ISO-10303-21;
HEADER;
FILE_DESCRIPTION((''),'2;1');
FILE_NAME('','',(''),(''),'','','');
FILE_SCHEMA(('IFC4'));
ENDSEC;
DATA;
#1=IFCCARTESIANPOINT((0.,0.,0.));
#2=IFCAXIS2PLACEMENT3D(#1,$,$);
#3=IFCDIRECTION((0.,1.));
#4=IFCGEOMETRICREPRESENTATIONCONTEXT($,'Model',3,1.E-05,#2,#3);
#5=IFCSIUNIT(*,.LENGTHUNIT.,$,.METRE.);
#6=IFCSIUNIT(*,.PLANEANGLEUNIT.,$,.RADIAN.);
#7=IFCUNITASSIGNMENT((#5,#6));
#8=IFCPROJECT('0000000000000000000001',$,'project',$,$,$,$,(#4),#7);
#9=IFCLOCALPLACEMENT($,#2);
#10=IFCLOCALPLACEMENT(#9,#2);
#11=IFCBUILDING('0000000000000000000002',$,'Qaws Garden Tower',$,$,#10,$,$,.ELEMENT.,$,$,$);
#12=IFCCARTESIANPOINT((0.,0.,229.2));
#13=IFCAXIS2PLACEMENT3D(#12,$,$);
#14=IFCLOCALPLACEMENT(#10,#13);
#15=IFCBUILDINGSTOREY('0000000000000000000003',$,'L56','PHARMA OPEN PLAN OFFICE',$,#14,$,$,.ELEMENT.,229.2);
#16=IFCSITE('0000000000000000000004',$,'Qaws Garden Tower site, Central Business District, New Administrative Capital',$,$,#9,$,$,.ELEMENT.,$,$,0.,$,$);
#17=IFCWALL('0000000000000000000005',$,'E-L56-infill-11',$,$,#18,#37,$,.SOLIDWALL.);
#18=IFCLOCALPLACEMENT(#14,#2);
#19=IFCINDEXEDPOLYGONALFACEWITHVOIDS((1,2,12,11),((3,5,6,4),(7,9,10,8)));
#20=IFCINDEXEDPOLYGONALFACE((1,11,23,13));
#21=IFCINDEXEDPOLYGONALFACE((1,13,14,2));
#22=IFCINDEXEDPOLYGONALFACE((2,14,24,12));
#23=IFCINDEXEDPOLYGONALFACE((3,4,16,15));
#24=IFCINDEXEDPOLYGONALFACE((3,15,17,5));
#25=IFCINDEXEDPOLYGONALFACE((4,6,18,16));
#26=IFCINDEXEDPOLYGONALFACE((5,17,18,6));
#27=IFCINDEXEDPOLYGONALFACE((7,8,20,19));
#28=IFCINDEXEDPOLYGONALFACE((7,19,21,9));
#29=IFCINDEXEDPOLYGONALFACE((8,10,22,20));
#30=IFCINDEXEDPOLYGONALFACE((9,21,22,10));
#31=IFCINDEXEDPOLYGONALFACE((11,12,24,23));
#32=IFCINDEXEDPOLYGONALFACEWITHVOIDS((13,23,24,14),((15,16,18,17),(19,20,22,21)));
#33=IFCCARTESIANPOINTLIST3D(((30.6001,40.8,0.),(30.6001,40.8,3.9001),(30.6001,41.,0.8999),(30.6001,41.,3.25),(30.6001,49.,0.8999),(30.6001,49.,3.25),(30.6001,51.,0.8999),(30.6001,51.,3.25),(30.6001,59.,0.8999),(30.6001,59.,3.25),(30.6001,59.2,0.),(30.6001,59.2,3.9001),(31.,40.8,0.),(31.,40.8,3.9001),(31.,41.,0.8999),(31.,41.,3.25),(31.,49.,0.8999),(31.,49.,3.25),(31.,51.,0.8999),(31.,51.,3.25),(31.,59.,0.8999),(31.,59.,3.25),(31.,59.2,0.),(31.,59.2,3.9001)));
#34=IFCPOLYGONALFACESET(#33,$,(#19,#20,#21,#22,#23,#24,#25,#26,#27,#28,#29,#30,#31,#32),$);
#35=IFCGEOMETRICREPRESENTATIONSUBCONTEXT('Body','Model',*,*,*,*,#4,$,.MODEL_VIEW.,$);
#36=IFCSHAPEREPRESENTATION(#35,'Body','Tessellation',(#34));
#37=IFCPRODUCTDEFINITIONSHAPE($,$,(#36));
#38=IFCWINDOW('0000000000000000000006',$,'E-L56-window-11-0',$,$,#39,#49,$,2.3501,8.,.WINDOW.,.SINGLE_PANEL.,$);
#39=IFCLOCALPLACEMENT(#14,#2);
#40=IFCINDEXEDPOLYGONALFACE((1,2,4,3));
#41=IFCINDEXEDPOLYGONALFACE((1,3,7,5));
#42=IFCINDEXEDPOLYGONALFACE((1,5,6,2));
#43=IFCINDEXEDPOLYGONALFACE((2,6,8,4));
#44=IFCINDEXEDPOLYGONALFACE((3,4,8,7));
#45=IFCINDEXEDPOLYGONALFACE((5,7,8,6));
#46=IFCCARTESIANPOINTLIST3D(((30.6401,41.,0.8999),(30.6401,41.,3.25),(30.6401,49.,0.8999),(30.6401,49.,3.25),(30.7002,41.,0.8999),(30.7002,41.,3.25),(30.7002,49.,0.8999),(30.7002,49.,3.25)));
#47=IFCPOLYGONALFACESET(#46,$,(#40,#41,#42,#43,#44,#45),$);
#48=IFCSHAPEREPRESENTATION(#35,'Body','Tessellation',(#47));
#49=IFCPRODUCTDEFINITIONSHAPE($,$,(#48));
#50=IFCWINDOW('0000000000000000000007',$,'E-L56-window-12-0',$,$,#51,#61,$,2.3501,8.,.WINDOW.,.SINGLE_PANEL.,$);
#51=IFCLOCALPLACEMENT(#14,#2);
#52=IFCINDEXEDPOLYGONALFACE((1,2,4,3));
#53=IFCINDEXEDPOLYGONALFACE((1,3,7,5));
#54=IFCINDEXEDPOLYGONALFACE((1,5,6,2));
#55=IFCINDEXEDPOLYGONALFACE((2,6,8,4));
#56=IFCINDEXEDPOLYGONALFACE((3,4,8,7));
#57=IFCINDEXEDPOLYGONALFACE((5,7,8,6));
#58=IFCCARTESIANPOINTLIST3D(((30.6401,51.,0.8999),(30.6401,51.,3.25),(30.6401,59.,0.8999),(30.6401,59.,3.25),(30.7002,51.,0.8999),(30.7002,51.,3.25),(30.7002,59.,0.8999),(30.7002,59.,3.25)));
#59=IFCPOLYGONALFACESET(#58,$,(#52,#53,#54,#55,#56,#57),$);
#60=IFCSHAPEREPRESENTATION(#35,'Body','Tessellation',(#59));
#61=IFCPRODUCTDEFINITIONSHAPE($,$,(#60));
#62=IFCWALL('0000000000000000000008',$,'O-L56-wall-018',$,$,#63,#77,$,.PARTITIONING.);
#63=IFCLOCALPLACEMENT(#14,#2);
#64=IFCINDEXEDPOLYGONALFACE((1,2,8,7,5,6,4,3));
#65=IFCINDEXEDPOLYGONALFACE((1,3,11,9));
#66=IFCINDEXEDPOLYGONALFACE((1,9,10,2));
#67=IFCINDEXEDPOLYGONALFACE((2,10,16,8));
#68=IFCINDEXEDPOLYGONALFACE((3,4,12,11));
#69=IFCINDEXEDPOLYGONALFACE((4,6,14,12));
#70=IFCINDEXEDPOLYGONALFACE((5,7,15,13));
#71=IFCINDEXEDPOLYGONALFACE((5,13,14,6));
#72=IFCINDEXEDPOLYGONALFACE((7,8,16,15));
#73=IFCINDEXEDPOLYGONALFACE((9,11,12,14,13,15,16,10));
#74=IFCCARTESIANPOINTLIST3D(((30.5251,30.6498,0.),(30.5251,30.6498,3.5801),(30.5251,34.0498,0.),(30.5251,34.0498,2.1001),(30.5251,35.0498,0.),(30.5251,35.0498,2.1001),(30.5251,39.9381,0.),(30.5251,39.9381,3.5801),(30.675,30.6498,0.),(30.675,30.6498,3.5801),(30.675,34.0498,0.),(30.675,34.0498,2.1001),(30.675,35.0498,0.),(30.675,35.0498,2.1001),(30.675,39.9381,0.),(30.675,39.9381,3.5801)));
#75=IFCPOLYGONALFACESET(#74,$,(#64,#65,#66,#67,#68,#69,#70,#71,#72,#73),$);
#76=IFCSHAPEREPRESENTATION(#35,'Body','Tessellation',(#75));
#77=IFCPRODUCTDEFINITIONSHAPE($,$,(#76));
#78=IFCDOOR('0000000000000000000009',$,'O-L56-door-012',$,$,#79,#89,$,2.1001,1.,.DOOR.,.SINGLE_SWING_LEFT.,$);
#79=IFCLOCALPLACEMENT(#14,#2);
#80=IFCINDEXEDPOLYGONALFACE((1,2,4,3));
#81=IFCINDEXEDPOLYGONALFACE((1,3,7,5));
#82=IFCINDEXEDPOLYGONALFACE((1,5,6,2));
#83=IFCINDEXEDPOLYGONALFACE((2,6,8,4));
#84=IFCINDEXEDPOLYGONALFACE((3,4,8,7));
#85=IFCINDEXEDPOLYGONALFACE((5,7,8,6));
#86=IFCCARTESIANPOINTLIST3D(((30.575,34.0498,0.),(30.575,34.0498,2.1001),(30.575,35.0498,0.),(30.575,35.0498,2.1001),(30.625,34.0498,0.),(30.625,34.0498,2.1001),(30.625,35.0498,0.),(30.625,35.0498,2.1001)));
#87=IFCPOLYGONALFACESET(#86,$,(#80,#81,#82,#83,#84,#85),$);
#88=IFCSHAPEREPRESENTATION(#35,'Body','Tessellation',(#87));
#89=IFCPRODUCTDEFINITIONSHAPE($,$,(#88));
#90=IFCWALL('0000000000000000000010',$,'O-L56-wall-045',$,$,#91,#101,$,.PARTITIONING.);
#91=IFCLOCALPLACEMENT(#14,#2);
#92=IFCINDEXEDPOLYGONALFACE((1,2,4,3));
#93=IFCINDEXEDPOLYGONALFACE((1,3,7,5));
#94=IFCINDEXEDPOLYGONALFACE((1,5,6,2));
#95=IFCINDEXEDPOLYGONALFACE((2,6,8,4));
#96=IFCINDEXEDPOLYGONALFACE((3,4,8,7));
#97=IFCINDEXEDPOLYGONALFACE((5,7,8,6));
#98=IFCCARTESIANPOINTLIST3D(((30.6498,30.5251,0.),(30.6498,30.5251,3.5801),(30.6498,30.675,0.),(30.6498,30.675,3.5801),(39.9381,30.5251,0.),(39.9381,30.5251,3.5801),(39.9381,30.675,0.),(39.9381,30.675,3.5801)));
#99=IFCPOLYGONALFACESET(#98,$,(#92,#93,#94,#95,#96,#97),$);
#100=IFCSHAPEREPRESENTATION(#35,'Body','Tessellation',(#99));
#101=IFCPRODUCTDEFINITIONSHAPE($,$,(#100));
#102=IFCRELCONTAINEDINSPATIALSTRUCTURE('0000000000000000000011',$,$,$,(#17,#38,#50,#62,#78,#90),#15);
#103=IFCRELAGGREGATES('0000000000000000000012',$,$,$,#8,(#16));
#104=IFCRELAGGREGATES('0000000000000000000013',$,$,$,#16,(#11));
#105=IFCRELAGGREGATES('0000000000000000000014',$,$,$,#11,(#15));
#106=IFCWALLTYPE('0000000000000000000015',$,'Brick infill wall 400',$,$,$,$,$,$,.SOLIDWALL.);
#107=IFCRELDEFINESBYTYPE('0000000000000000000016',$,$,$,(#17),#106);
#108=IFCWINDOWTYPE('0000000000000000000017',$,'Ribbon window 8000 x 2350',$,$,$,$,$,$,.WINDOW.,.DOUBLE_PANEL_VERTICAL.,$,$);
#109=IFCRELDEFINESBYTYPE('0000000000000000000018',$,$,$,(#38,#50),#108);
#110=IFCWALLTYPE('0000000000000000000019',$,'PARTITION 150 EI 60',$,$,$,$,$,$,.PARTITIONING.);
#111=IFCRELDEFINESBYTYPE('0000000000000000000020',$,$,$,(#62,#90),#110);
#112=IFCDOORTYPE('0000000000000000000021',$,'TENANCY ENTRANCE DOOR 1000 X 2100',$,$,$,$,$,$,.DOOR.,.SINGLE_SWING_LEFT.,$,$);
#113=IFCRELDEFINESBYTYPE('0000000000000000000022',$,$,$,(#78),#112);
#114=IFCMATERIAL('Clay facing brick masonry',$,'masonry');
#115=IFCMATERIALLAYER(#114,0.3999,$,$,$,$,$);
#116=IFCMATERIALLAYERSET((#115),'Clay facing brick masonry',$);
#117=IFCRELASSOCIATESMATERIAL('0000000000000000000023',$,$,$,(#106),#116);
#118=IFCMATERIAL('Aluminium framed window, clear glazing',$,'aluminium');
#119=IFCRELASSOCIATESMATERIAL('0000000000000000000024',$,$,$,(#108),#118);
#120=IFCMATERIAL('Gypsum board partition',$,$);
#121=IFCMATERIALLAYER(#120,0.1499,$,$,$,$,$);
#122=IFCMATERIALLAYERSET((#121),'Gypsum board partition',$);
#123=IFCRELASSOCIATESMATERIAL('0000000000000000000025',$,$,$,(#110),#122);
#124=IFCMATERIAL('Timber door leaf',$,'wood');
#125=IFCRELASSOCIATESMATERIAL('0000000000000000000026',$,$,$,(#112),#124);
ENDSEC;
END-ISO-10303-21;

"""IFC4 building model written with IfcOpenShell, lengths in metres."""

from ifc_helpers import new_model, si_unit, direction, frame, frame_2d, origin, place, context, subcontext, project, spatial, rectangle, extrude, material, layer, layer_set, type_object, element, fill, save


model = new_model("IFC4")

# Units and contexts
model_context = context("Model", 3, precision=1e-05, world=origin(), true_north=direction((0.0, 1.0)))
body_context = subcontext(model_context, "Body", "Model", "MODEL_VIEW")
ifc_project = project(units=[si_unit("LENGTHUNIT", "METRE"), si_unit("PLANEANGLEUNIT", "RADIAN")], contexts=[model_context])

# Site, building, storey
site_placement = place(None, origin())
site = spatial("IfcSite", under=ifc_project, at=site_placement, Name="Qaws Garden Tower site, Central Business District, New Administrative Capital", CompositionType="ELEMENT", RefElevation=0.0)
building_placement = place(site_placement, origin())
building = spatial("IfcBuilding", under=site, at=building_placement, Name="Qaws Garden Tower", CompositionType="ELEMENT")
storey_placement = place(building_placement, frame((0.0, 0.0, 229.2)))
storey = spatial("IfcBuildingStorey", under=building, at=storey_placement, Name="L56", Description="PHARMA OPEN PLAN OFFICE", CompositionType="ELEMENT", Elevation=229.2)

# Shared definitions
ifc_material_1 = material(Name="Clay facing brick masonry", Category="masonry")
ifc_layer_1 = layer(ifc_material_1, 0.3999)
ifc_layer_set_1 = layer_set([ifc_layer_1], Name="Clay facing brick masonry")
wall_type_1 = type_object("IfcWallType", Name="Brick infill wall 400", PredefinedType="SOLIDWALL", material=ifc_layer_set_1)
ifc_material_2 = material(Name="Aluminium framed window, clear glazing", Category="aluminium")
window_type_1 = type_object("IfcWindowType", Name="Ribbon window 8000 x 2350", PartitioningType="DOUBLE_PANEL_VERTICAL", PredefinedType="WINDOW", material=ifc_material_2)

# Wall, openings, windows
wall_1_placement = place(storey_placement, frame((30.8, 40.8, 0.0), z_axis=(0.0, 0.0, 1.0), x_axis=(0.0, 1.0, 0.0)))
wall_1 = element("IfcWall", 1, at=wall_1_placement, inside=storey, type_object=wall_type_1, Name="E-L56-infill-11", PredefinedType="SOLIDWALL", context=body_context, shape_type="SweptSolid", body=[
    extrude(rectangle(XDim=18.3999, YDim=0.3999, at=frame_2d((9.2, 0.0))), origin(), (0.0, 0.0, 1.0), 3.9001),
])
opening_1_placement = place(wall_1_placement, frame((0.2, 0.0, 0.8999)))
opening_1 = element("IfcOpeningElement", 2, at=opening_1_placement, cuts=wall_1, PredefinedType="OPENING", context=body_context, shape_type="SweptSolid", body=[
    extrude(rectangle(XDim=8.0, YDim=2.3501, at=frame_2d((4.0, 1.175))), frame((0.0, 0.21, 0.0), z_axis=(0.0, -1.0, 0.0), x_axis=(1.0, 0.0, 0.0)), (0.0, 0.0, 1.0), 0.4199),
])
opening_2_placement = place(wall_1_placement, frame((10.2, 0.0, 0.8999)))
opening_2 = element("IfcOpeningElement", 3, at=opening_2_placement, cuts=wall_1, PredefinedType="OPENING", context=body_context, shape_type="SweptSolid", body=[
    extrude(rectangle(XDim=8.0, YDim=2.3501, at=frame_2d((4.0, 1.175))), frame((0.0, 0.21, 0.0), z_axis=(0.0, -1.0, 0.0), x_axis=(1.0, 0.0, 0.0)), (0.0, 0.0, 1.0), 0.4199),
])
window_1_placement = place(opening_1_placement, origin())
window_1 = element("IfcWindow", 4, at=window_1_placement, inside=storey, type_object=window_type_1, Name="E-L56-window-11-0", OverallHeight=2.3501, OverallWidth=8.0, PartitioningType="SINGLE_PANEL", PredefinedType="WINDOW", context=body_context, shape_type="SweptSolid", body=[
    extrude(rectangle(XDim=8.0, YDim=2.3501, at=frame_2d((4.0, 1.175))), frame((0.0, 0.1599, 0.0), z_axis=(0.0, -1.0, 0.0), x_axis=(1.0, 0.0, 0.0)), (0.0, 0.0, 1.0), 0.0601),
])
fill(opening_1, window_1)
window_2_placement = place(opening_2_placement, origin())
window_2 = element("IfcWindow", 5, at=window_2_placement, inside=storey, type_object=window_type_1, Name="E-L56-window-12-0", OverallHeight=2.3501, OverallWidth=8.0, PartitioningType="SINGLE_PANEL", PredefinedType="WINDOW", context=body_context, shape_type="SweptSolid", body=[
    extrude(rectangle(XDim=8.0, YDim=2.3501, at=frame_2d((4.0, 1.175))), frame((0.0, 0.1599, 0.0), z_axis=(0.0, -1.0, 0.0), x_axis=(1.0, 0.0, 0.0)), (0.0, 0.0, 1.0), 0.0601),
])
fill(opening_2, window_2)

# Wall, opening, door
ifc_material_3 = material(Name="Gypsum board partition")
ifc_layer_2 = layer(ifc_material_3, 0.1499)
ifc_layer_set_2 = layer_set([ifc_layer_2], Name="Gypsum board partition")
wall_type_2 = type_object("IfcWallType", Name="PARTITION 150 EI 60", PredefinedType="PARTITIONING", material=ifc_layer_set_2)
wall_2_placement = place(storey_placement, frame((30.6001, 30.6499, 0.0), z_axis=(0.0, 0.0, 1.0), x_axis=(0.0, 1.0, 0.0)))
wall_2 = element("IfcWall", 6, at=wall_2_placement, inside=storey, type_object=wall_type_2, Name="O-L56-wall-018", PredefinedType="PARTITIONING", context=body_context, shape_type="SweptSolid", body=[
    extrude(rectangle(XDim=9.2883, YDim=0.1499, at=frame_2d((4.644, 0.0))), origin(), (0.0, 0.0, 1.0), 3.5801),
])
opening_3_placement = place(wall_2_placement, frame((3.3999, 0.0, 0.0)))
opening_3 = element("IfcOpeningElement", 7, at=opening_3_placement, cuts=wall_2, PredefinedType="OPENING", context=body_context, shape_type="SweptSolid", body=[
    extrude(rectangle(XDim=1.0, YDim=2.1001, at=frame_2d((0.5, 1.05))), frame((0.0, 0.085, 0.0), z_axis=(0.0, -1.0, 0.0), x_axis=(1.0, 0.0, 0.0)), (0.0, 0.0, 1.0), 0.1699),
])
ifc_material_4 = material(Name="Timber door leaf", Category="wood")
door_type = type_object("IfcDoorType", Name="TENANCY ENTRANCE DOOR 1000 X 2100", OperationType="SINGLE_SWING_LEFT", PredefinedType="DOOR", material=ifc_material_4)
door_placement = place(opening_3_placement, frame((1.0, 0.0, 0.0), z_axis=(0.0, 0.0, 1.0), x_axis=(-1.0, 0.0, 0.0)))
door = element("IfcDoor", 8, at=door_placement, inside=storey, type_object=door_type, Name="O-L56-door-012", OperationType="SINGLE_SWING_LEFT", OverallHeight=2.1001, OverallWidth=1.0, PredefinedType="DOOR", context=body_context, shape_type="SweptSolid", body=[
    extrude(rectangle(XDim=1.0, YDim=2.1001, at=frame_2d((0.5, 1.05))), frame((0.0, 0.0249, 0.0), z_axis=(0.0, -1.0, 0.0), x_axis=(1.0, 0.0, 0.0)), (0.0, 0.0, 1.0), 0.05),
])
fill(opening_3, door)

# Wall
wall_3_placement = place(storey_placement, frame((30.6499, 30.6001, 0.0), z_axis=(0.0, 0.0, 1.0), x_axis=(1.0, 0.0, 0.0)))
element("IfcWall", 9, at=wall_3_placement, inside=storey, type_object=wall_type_2, Name="O-L56-wall-045", PredefinedType="PARTITIONING", context=body_context, shape_type="SweptSolid", body=[
    extrude(rectangle(XDim=9.2883, YDim=0.1499, at=frame_2d((4.644, 0.0))), origin(), (0.0, 0.0, 1.0), 3.5801),
])

save(model, "model.ifc")
